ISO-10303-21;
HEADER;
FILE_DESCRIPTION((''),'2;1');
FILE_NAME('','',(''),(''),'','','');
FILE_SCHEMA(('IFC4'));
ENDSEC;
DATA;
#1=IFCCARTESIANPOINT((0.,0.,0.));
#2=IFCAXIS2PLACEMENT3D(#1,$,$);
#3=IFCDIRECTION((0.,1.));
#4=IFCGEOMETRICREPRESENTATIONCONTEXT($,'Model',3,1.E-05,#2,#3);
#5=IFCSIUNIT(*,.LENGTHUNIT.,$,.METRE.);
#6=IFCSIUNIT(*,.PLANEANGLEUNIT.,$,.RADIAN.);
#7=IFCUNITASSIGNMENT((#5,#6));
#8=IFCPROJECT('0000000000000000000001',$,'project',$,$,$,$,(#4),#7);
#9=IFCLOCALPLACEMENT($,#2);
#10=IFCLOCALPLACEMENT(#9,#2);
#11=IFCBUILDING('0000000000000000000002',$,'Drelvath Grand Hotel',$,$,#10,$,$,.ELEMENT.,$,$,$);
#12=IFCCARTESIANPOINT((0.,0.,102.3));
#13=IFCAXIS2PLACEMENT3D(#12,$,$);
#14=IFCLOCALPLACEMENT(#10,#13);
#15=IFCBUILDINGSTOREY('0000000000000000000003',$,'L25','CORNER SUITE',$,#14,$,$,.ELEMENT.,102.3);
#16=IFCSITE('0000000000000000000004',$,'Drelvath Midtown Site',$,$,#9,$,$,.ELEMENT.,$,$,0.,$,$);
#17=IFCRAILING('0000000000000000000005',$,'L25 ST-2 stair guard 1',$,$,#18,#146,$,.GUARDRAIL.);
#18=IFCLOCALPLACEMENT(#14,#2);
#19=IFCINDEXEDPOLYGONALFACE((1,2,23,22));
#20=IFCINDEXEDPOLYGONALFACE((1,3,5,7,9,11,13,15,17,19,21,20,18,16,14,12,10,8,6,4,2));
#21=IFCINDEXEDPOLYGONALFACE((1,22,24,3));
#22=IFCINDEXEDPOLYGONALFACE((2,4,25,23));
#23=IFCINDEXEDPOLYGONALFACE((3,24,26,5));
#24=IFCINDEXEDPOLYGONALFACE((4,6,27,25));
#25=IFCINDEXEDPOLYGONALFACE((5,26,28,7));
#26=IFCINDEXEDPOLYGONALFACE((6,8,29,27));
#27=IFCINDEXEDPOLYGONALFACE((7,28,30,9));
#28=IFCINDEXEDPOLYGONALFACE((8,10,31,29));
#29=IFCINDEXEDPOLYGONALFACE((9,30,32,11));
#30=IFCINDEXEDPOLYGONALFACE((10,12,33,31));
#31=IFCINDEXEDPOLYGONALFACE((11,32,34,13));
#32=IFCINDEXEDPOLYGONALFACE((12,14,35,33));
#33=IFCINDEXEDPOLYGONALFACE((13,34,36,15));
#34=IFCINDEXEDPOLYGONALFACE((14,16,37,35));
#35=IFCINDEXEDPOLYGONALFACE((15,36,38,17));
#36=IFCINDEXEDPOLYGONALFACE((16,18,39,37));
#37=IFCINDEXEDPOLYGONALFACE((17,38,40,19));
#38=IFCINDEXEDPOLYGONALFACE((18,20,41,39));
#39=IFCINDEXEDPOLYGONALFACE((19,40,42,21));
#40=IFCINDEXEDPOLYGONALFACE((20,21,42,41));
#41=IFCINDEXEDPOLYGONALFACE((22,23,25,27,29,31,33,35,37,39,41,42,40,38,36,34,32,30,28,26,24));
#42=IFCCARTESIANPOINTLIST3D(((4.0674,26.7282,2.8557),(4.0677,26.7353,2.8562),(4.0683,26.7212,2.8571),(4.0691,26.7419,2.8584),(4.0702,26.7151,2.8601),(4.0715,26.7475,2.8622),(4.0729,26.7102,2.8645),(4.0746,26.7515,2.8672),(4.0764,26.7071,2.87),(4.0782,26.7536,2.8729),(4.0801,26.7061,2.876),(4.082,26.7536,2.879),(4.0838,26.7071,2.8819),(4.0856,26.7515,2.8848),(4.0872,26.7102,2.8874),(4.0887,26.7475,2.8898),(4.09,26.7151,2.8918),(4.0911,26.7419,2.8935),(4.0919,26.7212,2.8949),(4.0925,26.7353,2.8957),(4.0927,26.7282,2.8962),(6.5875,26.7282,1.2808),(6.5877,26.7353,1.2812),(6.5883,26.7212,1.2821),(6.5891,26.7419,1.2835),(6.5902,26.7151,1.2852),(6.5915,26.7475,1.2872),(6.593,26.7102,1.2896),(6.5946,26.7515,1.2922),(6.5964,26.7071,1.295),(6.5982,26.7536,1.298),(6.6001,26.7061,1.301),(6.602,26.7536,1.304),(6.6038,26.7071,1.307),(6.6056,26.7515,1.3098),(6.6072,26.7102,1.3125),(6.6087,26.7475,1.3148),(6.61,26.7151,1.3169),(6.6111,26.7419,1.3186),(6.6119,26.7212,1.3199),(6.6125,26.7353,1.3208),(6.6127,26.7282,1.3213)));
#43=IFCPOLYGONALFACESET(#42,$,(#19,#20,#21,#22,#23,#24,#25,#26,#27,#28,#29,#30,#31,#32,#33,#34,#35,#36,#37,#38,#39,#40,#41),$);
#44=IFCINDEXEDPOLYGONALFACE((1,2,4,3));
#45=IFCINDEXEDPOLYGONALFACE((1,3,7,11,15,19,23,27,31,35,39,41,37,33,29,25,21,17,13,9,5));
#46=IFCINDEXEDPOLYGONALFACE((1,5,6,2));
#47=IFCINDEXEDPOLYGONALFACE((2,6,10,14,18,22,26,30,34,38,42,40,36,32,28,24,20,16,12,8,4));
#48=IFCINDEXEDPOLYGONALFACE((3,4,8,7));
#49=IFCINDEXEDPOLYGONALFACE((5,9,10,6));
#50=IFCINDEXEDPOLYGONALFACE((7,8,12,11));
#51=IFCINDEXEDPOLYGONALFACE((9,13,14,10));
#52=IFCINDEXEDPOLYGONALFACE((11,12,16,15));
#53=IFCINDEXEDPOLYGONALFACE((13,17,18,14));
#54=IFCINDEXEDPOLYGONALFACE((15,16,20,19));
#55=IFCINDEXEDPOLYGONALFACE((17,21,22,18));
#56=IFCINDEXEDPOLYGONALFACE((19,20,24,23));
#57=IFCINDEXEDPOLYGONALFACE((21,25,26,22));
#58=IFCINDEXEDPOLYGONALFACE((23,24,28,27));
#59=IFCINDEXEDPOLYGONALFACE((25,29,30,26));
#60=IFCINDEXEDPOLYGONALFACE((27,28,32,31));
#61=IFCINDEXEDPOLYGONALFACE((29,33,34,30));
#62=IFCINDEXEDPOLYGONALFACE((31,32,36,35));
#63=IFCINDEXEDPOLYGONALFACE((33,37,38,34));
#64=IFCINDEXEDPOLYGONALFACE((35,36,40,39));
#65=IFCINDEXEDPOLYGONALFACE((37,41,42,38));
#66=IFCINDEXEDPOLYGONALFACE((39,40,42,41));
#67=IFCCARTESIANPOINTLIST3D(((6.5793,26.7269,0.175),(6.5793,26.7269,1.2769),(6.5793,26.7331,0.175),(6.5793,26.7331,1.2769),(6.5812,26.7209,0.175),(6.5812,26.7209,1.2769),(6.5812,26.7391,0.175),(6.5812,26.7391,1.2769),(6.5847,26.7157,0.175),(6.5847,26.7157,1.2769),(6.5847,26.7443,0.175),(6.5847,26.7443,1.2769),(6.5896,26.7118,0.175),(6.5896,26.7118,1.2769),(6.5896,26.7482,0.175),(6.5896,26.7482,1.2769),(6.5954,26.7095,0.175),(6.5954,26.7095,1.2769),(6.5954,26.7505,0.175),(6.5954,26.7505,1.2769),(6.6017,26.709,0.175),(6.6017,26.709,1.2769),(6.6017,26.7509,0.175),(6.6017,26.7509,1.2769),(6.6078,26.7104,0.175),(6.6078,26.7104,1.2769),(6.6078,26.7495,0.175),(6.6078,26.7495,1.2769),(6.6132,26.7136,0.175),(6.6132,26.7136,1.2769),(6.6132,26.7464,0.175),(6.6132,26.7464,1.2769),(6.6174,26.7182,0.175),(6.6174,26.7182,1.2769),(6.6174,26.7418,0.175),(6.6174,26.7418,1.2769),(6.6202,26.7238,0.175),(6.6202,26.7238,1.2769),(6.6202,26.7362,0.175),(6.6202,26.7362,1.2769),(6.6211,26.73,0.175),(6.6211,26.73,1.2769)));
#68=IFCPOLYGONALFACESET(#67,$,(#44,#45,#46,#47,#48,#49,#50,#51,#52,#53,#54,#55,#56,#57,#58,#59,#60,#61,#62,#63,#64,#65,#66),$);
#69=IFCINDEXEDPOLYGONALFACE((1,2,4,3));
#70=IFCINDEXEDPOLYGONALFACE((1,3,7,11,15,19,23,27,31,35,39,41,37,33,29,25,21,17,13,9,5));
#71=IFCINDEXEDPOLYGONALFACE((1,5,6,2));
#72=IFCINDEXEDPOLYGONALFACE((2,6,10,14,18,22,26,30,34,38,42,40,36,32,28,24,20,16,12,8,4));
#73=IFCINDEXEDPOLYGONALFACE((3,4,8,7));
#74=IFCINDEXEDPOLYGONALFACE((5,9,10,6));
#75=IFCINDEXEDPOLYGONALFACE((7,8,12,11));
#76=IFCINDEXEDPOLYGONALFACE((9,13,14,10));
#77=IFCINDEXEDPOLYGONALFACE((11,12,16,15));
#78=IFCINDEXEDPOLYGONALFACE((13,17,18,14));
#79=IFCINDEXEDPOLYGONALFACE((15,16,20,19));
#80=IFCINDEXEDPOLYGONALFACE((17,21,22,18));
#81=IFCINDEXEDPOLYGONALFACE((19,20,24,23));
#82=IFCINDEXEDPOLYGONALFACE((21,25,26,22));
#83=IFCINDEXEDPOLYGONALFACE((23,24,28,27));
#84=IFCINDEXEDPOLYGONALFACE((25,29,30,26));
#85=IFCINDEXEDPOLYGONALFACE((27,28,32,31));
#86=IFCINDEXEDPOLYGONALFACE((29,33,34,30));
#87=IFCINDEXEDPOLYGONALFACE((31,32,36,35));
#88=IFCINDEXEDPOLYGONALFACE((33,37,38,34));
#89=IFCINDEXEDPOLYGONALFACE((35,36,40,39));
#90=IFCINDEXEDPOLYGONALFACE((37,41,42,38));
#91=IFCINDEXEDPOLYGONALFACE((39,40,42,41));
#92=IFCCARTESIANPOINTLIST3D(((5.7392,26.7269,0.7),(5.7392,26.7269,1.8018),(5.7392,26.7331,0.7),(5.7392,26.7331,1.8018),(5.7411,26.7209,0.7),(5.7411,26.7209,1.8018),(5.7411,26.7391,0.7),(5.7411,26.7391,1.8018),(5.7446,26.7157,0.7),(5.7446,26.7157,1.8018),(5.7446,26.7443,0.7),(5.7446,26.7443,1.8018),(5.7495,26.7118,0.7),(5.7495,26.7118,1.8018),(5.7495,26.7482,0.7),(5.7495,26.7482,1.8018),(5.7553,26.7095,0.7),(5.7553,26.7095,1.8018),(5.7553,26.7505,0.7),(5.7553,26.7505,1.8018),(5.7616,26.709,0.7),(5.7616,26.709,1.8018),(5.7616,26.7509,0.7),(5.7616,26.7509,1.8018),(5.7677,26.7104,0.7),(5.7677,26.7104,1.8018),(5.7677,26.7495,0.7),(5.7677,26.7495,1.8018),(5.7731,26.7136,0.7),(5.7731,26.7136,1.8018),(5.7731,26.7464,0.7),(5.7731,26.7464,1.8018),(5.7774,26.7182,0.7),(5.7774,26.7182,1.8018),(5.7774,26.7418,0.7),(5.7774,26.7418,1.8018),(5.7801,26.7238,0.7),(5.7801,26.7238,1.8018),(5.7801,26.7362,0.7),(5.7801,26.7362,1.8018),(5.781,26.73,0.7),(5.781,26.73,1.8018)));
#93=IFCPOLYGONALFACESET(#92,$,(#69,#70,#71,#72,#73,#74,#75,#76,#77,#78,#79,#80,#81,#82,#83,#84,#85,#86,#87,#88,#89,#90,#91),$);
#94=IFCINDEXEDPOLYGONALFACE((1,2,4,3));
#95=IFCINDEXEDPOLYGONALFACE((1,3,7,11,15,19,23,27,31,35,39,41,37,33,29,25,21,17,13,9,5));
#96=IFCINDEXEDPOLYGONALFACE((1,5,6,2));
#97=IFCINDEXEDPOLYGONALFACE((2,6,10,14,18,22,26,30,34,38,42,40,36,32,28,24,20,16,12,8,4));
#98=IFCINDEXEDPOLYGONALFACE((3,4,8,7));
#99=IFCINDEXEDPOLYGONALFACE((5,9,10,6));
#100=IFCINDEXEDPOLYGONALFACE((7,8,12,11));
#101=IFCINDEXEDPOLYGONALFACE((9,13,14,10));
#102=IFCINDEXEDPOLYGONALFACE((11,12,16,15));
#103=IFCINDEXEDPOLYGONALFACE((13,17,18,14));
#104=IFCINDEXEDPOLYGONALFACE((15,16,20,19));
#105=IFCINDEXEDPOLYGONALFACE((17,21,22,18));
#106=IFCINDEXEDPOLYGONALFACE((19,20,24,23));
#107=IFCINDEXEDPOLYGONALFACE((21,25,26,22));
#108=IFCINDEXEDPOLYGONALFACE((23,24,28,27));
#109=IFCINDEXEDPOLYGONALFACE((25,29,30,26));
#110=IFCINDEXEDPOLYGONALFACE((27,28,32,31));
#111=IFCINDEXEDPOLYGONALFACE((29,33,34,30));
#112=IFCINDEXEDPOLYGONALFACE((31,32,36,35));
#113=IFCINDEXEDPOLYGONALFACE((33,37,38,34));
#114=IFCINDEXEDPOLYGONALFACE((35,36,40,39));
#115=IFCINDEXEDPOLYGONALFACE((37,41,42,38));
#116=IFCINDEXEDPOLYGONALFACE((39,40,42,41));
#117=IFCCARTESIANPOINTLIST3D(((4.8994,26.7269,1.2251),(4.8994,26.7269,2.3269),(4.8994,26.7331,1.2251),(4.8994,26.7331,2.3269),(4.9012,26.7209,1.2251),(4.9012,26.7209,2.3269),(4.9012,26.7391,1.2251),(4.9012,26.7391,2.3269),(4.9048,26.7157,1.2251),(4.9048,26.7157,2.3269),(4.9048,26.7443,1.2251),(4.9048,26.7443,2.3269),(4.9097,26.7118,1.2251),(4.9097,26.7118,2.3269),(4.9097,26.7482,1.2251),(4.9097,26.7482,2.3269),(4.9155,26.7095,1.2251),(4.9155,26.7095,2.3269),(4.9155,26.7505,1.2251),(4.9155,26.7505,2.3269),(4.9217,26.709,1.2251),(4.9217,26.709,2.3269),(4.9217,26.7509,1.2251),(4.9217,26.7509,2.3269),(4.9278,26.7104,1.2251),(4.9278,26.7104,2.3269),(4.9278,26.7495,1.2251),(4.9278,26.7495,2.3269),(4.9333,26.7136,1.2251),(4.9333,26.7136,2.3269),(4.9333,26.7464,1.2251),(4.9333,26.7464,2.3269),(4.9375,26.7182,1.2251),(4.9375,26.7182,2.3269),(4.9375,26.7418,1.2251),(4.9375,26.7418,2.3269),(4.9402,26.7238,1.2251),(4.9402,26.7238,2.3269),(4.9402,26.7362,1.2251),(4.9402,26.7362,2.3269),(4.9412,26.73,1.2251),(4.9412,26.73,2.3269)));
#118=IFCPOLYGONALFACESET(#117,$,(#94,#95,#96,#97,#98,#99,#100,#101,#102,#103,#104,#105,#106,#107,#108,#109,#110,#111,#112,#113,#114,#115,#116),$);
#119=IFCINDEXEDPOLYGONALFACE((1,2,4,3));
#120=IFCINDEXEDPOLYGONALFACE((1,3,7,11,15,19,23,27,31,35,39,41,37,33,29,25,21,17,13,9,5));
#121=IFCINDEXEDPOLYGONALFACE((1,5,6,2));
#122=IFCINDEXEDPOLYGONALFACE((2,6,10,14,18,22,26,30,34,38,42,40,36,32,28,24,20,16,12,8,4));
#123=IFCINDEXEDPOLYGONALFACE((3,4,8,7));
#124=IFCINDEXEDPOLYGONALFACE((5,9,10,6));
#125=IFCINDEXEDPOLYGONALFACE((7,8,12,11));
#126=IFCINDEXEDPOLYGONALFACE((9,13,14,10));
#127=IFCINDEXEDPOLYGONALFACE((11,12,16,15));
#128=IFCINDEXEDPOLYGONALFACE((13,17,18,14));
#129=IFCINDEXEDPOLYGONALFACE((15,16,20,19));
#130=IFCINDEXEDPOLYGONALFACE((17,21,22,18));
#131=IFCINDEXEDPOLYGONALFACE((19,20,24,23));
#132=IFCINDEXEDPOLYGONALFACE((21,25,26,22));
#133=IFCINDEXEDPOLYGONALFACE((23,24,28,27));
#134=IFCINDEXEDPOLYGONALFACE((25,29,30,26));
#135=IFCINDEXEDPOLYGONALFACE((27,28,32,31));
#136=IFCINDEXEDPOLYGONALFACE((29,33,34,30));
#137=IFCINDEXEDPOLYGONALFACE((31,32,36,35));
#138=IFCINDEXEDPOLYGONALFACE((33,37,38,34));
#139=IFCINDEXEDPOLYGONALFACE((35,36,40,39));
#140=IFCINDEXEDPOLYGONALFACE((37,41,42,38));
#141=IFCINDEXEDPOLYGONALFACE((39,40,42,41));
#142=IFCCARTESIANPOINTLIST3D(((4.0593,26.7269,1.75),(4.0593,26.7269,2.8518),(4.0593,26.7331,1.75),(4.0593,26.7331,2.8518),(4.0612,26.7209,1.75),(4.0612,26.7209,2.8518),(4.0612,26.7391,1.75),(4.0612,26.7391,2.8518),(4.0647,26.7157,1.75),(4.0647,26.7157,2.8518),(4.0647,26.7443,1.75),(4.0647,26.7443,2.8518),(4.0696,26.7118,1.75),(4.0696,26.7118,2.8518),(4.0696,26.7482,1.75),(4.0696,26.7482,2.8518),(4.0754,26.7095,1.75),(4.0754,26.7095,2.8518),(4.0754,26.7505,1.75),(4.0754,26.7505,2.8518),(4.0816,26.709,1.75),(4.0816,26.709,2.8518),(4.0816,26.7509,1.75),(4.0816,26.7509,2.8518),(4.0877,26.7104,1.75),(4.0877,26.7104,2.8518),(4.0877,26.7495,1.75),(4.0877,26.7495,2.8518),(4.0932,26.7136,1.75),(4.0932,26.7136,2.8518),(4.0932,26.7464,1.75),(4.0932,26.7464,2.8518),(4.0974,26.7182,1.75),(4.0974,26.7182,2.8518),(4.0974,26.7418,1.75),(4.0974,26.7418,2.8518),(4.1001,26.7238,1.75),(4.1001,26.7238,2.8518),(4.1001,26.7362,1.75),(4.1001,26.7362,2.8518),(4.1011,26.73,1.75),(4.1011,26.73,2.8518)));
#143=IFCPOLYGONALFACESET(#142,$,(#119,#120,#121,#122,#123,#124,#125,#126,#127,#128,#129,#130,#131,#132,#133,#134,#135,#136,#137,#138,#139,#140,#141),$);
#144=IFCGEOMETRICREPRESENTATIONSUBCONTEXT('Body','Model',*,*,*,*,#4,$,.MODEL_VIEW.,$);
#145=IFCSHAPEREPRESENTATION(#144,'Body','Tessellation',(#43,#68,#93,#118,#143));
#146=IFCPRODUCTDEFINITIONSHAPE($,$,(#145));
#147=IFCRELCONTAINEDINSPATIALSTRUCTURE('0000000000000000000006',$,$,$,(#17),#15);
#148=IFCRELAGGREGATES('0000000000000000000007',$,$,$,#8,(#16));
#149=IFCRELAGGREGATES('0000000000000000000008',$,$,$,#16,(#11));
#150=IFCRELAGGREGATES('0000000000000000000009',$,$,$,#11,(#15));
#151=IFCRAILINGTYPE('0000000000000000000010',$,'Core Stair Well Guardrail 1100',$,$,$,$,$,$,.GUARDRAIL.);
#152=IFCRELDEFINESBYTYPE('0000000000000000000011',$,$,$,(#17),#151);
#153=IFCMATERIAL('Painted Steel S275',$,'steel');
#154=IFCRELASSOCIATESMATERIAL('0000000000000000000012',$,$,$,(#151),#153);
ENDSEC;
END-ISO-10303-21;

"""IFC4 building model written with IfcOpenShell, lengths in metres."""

from ifc_helpers import new_model, si_unit, direction, frame, origin, origin_2d, place, context, subcontext, project, spatial, circle, extrude, material, type_object, element, save


model = new_model("IFC4")

# Units and contexts
model_context = context("Model", 3, precision=1e-05, world=origin(), true_north=direction((0.0, 1.0)))
body_context = subcontext(model_context, "Body", "Model", "MODEL_VIEW")
ifc_project = project(units=[si_unit("LENGTHUNIT", "METRE"), si_unit("PLANEANGLEUNIT", "RADIAN")], contexts=[model_context])

# Site, building, storey
site_placement = place(None, origin())
site = spatial("IfcSite", under=ifc_project, at=site_placement, Name="Drelvath Midtown Site", CompositionType="ELEMENT", RefElevation=0.0)
building_placement = place(site_placement, origin())
building = spatial("IfcBuilding", under=site, at=building_placement, Name="Drelvath Grand Hotel", CompositionType="ELEMENT")
storey_placement = place(building_placement, frame((0.0, 0.0, 102.3)))
storey = spatial("IfcBuildingStorey", under=building, at=storey_placement, Name="L25", Description="CORNER SUITE", CompositionType="ELEMENT", Elevation=102.3)

# Railing
ifc_material_1 = material(Name="Painted Steel S275", Category="steel")
railing_type_1 = type_object("IfcRailingType", Name="Core Stair Well Guardrail 1100", PredefinedType="GUARDRAIL", material=ifc_material_1)
railing_1_placement = place(storey_placement, frame((6.6001, 26.73, 0.175)))
element("IfcRailing", 1, at=railing_1_placement, inside=storey, type_object=railing_type_1, Name="L25 ST-2 stair guard 1", PredefinedType="GUARDRAIL", context=body_context, shape_type="SweptSolid", body=[
    extrude(circle(Radius=0.0239, at=origin_2d()), frame((0.0, 0.0, 1.126), z_axis=(-0.848008, 0.0, 0.529984), x_axis=(0.0, -1.0, 0.0)), (0.0, 0.0, 1.0), 2.9717),
    extrude(circle(Radius=0.021, at=origin_2d()), origin(), (0.0, 0.0, 1.0), 1.1018),
    extrude(circle(Radius=0.021, at=origin_2d()), frame((-0.8401, 0.0, 0.5249)), (0.0, 0.0, 1.0), 1.1018),
    extrude(circle(Radius=0.021, at=origin_2d()), frame((-1.6799, 0.0, 1.05)), (0.0, 0.0, 1.0), 1.1018),
    extrude(circle(Radius=0.021, at=origin_2d()), frame((-2.52, 0.0, 1.575)), (0.0, 0.0, 1.0), 1.1018),
])

save(model, "model.ifc")
